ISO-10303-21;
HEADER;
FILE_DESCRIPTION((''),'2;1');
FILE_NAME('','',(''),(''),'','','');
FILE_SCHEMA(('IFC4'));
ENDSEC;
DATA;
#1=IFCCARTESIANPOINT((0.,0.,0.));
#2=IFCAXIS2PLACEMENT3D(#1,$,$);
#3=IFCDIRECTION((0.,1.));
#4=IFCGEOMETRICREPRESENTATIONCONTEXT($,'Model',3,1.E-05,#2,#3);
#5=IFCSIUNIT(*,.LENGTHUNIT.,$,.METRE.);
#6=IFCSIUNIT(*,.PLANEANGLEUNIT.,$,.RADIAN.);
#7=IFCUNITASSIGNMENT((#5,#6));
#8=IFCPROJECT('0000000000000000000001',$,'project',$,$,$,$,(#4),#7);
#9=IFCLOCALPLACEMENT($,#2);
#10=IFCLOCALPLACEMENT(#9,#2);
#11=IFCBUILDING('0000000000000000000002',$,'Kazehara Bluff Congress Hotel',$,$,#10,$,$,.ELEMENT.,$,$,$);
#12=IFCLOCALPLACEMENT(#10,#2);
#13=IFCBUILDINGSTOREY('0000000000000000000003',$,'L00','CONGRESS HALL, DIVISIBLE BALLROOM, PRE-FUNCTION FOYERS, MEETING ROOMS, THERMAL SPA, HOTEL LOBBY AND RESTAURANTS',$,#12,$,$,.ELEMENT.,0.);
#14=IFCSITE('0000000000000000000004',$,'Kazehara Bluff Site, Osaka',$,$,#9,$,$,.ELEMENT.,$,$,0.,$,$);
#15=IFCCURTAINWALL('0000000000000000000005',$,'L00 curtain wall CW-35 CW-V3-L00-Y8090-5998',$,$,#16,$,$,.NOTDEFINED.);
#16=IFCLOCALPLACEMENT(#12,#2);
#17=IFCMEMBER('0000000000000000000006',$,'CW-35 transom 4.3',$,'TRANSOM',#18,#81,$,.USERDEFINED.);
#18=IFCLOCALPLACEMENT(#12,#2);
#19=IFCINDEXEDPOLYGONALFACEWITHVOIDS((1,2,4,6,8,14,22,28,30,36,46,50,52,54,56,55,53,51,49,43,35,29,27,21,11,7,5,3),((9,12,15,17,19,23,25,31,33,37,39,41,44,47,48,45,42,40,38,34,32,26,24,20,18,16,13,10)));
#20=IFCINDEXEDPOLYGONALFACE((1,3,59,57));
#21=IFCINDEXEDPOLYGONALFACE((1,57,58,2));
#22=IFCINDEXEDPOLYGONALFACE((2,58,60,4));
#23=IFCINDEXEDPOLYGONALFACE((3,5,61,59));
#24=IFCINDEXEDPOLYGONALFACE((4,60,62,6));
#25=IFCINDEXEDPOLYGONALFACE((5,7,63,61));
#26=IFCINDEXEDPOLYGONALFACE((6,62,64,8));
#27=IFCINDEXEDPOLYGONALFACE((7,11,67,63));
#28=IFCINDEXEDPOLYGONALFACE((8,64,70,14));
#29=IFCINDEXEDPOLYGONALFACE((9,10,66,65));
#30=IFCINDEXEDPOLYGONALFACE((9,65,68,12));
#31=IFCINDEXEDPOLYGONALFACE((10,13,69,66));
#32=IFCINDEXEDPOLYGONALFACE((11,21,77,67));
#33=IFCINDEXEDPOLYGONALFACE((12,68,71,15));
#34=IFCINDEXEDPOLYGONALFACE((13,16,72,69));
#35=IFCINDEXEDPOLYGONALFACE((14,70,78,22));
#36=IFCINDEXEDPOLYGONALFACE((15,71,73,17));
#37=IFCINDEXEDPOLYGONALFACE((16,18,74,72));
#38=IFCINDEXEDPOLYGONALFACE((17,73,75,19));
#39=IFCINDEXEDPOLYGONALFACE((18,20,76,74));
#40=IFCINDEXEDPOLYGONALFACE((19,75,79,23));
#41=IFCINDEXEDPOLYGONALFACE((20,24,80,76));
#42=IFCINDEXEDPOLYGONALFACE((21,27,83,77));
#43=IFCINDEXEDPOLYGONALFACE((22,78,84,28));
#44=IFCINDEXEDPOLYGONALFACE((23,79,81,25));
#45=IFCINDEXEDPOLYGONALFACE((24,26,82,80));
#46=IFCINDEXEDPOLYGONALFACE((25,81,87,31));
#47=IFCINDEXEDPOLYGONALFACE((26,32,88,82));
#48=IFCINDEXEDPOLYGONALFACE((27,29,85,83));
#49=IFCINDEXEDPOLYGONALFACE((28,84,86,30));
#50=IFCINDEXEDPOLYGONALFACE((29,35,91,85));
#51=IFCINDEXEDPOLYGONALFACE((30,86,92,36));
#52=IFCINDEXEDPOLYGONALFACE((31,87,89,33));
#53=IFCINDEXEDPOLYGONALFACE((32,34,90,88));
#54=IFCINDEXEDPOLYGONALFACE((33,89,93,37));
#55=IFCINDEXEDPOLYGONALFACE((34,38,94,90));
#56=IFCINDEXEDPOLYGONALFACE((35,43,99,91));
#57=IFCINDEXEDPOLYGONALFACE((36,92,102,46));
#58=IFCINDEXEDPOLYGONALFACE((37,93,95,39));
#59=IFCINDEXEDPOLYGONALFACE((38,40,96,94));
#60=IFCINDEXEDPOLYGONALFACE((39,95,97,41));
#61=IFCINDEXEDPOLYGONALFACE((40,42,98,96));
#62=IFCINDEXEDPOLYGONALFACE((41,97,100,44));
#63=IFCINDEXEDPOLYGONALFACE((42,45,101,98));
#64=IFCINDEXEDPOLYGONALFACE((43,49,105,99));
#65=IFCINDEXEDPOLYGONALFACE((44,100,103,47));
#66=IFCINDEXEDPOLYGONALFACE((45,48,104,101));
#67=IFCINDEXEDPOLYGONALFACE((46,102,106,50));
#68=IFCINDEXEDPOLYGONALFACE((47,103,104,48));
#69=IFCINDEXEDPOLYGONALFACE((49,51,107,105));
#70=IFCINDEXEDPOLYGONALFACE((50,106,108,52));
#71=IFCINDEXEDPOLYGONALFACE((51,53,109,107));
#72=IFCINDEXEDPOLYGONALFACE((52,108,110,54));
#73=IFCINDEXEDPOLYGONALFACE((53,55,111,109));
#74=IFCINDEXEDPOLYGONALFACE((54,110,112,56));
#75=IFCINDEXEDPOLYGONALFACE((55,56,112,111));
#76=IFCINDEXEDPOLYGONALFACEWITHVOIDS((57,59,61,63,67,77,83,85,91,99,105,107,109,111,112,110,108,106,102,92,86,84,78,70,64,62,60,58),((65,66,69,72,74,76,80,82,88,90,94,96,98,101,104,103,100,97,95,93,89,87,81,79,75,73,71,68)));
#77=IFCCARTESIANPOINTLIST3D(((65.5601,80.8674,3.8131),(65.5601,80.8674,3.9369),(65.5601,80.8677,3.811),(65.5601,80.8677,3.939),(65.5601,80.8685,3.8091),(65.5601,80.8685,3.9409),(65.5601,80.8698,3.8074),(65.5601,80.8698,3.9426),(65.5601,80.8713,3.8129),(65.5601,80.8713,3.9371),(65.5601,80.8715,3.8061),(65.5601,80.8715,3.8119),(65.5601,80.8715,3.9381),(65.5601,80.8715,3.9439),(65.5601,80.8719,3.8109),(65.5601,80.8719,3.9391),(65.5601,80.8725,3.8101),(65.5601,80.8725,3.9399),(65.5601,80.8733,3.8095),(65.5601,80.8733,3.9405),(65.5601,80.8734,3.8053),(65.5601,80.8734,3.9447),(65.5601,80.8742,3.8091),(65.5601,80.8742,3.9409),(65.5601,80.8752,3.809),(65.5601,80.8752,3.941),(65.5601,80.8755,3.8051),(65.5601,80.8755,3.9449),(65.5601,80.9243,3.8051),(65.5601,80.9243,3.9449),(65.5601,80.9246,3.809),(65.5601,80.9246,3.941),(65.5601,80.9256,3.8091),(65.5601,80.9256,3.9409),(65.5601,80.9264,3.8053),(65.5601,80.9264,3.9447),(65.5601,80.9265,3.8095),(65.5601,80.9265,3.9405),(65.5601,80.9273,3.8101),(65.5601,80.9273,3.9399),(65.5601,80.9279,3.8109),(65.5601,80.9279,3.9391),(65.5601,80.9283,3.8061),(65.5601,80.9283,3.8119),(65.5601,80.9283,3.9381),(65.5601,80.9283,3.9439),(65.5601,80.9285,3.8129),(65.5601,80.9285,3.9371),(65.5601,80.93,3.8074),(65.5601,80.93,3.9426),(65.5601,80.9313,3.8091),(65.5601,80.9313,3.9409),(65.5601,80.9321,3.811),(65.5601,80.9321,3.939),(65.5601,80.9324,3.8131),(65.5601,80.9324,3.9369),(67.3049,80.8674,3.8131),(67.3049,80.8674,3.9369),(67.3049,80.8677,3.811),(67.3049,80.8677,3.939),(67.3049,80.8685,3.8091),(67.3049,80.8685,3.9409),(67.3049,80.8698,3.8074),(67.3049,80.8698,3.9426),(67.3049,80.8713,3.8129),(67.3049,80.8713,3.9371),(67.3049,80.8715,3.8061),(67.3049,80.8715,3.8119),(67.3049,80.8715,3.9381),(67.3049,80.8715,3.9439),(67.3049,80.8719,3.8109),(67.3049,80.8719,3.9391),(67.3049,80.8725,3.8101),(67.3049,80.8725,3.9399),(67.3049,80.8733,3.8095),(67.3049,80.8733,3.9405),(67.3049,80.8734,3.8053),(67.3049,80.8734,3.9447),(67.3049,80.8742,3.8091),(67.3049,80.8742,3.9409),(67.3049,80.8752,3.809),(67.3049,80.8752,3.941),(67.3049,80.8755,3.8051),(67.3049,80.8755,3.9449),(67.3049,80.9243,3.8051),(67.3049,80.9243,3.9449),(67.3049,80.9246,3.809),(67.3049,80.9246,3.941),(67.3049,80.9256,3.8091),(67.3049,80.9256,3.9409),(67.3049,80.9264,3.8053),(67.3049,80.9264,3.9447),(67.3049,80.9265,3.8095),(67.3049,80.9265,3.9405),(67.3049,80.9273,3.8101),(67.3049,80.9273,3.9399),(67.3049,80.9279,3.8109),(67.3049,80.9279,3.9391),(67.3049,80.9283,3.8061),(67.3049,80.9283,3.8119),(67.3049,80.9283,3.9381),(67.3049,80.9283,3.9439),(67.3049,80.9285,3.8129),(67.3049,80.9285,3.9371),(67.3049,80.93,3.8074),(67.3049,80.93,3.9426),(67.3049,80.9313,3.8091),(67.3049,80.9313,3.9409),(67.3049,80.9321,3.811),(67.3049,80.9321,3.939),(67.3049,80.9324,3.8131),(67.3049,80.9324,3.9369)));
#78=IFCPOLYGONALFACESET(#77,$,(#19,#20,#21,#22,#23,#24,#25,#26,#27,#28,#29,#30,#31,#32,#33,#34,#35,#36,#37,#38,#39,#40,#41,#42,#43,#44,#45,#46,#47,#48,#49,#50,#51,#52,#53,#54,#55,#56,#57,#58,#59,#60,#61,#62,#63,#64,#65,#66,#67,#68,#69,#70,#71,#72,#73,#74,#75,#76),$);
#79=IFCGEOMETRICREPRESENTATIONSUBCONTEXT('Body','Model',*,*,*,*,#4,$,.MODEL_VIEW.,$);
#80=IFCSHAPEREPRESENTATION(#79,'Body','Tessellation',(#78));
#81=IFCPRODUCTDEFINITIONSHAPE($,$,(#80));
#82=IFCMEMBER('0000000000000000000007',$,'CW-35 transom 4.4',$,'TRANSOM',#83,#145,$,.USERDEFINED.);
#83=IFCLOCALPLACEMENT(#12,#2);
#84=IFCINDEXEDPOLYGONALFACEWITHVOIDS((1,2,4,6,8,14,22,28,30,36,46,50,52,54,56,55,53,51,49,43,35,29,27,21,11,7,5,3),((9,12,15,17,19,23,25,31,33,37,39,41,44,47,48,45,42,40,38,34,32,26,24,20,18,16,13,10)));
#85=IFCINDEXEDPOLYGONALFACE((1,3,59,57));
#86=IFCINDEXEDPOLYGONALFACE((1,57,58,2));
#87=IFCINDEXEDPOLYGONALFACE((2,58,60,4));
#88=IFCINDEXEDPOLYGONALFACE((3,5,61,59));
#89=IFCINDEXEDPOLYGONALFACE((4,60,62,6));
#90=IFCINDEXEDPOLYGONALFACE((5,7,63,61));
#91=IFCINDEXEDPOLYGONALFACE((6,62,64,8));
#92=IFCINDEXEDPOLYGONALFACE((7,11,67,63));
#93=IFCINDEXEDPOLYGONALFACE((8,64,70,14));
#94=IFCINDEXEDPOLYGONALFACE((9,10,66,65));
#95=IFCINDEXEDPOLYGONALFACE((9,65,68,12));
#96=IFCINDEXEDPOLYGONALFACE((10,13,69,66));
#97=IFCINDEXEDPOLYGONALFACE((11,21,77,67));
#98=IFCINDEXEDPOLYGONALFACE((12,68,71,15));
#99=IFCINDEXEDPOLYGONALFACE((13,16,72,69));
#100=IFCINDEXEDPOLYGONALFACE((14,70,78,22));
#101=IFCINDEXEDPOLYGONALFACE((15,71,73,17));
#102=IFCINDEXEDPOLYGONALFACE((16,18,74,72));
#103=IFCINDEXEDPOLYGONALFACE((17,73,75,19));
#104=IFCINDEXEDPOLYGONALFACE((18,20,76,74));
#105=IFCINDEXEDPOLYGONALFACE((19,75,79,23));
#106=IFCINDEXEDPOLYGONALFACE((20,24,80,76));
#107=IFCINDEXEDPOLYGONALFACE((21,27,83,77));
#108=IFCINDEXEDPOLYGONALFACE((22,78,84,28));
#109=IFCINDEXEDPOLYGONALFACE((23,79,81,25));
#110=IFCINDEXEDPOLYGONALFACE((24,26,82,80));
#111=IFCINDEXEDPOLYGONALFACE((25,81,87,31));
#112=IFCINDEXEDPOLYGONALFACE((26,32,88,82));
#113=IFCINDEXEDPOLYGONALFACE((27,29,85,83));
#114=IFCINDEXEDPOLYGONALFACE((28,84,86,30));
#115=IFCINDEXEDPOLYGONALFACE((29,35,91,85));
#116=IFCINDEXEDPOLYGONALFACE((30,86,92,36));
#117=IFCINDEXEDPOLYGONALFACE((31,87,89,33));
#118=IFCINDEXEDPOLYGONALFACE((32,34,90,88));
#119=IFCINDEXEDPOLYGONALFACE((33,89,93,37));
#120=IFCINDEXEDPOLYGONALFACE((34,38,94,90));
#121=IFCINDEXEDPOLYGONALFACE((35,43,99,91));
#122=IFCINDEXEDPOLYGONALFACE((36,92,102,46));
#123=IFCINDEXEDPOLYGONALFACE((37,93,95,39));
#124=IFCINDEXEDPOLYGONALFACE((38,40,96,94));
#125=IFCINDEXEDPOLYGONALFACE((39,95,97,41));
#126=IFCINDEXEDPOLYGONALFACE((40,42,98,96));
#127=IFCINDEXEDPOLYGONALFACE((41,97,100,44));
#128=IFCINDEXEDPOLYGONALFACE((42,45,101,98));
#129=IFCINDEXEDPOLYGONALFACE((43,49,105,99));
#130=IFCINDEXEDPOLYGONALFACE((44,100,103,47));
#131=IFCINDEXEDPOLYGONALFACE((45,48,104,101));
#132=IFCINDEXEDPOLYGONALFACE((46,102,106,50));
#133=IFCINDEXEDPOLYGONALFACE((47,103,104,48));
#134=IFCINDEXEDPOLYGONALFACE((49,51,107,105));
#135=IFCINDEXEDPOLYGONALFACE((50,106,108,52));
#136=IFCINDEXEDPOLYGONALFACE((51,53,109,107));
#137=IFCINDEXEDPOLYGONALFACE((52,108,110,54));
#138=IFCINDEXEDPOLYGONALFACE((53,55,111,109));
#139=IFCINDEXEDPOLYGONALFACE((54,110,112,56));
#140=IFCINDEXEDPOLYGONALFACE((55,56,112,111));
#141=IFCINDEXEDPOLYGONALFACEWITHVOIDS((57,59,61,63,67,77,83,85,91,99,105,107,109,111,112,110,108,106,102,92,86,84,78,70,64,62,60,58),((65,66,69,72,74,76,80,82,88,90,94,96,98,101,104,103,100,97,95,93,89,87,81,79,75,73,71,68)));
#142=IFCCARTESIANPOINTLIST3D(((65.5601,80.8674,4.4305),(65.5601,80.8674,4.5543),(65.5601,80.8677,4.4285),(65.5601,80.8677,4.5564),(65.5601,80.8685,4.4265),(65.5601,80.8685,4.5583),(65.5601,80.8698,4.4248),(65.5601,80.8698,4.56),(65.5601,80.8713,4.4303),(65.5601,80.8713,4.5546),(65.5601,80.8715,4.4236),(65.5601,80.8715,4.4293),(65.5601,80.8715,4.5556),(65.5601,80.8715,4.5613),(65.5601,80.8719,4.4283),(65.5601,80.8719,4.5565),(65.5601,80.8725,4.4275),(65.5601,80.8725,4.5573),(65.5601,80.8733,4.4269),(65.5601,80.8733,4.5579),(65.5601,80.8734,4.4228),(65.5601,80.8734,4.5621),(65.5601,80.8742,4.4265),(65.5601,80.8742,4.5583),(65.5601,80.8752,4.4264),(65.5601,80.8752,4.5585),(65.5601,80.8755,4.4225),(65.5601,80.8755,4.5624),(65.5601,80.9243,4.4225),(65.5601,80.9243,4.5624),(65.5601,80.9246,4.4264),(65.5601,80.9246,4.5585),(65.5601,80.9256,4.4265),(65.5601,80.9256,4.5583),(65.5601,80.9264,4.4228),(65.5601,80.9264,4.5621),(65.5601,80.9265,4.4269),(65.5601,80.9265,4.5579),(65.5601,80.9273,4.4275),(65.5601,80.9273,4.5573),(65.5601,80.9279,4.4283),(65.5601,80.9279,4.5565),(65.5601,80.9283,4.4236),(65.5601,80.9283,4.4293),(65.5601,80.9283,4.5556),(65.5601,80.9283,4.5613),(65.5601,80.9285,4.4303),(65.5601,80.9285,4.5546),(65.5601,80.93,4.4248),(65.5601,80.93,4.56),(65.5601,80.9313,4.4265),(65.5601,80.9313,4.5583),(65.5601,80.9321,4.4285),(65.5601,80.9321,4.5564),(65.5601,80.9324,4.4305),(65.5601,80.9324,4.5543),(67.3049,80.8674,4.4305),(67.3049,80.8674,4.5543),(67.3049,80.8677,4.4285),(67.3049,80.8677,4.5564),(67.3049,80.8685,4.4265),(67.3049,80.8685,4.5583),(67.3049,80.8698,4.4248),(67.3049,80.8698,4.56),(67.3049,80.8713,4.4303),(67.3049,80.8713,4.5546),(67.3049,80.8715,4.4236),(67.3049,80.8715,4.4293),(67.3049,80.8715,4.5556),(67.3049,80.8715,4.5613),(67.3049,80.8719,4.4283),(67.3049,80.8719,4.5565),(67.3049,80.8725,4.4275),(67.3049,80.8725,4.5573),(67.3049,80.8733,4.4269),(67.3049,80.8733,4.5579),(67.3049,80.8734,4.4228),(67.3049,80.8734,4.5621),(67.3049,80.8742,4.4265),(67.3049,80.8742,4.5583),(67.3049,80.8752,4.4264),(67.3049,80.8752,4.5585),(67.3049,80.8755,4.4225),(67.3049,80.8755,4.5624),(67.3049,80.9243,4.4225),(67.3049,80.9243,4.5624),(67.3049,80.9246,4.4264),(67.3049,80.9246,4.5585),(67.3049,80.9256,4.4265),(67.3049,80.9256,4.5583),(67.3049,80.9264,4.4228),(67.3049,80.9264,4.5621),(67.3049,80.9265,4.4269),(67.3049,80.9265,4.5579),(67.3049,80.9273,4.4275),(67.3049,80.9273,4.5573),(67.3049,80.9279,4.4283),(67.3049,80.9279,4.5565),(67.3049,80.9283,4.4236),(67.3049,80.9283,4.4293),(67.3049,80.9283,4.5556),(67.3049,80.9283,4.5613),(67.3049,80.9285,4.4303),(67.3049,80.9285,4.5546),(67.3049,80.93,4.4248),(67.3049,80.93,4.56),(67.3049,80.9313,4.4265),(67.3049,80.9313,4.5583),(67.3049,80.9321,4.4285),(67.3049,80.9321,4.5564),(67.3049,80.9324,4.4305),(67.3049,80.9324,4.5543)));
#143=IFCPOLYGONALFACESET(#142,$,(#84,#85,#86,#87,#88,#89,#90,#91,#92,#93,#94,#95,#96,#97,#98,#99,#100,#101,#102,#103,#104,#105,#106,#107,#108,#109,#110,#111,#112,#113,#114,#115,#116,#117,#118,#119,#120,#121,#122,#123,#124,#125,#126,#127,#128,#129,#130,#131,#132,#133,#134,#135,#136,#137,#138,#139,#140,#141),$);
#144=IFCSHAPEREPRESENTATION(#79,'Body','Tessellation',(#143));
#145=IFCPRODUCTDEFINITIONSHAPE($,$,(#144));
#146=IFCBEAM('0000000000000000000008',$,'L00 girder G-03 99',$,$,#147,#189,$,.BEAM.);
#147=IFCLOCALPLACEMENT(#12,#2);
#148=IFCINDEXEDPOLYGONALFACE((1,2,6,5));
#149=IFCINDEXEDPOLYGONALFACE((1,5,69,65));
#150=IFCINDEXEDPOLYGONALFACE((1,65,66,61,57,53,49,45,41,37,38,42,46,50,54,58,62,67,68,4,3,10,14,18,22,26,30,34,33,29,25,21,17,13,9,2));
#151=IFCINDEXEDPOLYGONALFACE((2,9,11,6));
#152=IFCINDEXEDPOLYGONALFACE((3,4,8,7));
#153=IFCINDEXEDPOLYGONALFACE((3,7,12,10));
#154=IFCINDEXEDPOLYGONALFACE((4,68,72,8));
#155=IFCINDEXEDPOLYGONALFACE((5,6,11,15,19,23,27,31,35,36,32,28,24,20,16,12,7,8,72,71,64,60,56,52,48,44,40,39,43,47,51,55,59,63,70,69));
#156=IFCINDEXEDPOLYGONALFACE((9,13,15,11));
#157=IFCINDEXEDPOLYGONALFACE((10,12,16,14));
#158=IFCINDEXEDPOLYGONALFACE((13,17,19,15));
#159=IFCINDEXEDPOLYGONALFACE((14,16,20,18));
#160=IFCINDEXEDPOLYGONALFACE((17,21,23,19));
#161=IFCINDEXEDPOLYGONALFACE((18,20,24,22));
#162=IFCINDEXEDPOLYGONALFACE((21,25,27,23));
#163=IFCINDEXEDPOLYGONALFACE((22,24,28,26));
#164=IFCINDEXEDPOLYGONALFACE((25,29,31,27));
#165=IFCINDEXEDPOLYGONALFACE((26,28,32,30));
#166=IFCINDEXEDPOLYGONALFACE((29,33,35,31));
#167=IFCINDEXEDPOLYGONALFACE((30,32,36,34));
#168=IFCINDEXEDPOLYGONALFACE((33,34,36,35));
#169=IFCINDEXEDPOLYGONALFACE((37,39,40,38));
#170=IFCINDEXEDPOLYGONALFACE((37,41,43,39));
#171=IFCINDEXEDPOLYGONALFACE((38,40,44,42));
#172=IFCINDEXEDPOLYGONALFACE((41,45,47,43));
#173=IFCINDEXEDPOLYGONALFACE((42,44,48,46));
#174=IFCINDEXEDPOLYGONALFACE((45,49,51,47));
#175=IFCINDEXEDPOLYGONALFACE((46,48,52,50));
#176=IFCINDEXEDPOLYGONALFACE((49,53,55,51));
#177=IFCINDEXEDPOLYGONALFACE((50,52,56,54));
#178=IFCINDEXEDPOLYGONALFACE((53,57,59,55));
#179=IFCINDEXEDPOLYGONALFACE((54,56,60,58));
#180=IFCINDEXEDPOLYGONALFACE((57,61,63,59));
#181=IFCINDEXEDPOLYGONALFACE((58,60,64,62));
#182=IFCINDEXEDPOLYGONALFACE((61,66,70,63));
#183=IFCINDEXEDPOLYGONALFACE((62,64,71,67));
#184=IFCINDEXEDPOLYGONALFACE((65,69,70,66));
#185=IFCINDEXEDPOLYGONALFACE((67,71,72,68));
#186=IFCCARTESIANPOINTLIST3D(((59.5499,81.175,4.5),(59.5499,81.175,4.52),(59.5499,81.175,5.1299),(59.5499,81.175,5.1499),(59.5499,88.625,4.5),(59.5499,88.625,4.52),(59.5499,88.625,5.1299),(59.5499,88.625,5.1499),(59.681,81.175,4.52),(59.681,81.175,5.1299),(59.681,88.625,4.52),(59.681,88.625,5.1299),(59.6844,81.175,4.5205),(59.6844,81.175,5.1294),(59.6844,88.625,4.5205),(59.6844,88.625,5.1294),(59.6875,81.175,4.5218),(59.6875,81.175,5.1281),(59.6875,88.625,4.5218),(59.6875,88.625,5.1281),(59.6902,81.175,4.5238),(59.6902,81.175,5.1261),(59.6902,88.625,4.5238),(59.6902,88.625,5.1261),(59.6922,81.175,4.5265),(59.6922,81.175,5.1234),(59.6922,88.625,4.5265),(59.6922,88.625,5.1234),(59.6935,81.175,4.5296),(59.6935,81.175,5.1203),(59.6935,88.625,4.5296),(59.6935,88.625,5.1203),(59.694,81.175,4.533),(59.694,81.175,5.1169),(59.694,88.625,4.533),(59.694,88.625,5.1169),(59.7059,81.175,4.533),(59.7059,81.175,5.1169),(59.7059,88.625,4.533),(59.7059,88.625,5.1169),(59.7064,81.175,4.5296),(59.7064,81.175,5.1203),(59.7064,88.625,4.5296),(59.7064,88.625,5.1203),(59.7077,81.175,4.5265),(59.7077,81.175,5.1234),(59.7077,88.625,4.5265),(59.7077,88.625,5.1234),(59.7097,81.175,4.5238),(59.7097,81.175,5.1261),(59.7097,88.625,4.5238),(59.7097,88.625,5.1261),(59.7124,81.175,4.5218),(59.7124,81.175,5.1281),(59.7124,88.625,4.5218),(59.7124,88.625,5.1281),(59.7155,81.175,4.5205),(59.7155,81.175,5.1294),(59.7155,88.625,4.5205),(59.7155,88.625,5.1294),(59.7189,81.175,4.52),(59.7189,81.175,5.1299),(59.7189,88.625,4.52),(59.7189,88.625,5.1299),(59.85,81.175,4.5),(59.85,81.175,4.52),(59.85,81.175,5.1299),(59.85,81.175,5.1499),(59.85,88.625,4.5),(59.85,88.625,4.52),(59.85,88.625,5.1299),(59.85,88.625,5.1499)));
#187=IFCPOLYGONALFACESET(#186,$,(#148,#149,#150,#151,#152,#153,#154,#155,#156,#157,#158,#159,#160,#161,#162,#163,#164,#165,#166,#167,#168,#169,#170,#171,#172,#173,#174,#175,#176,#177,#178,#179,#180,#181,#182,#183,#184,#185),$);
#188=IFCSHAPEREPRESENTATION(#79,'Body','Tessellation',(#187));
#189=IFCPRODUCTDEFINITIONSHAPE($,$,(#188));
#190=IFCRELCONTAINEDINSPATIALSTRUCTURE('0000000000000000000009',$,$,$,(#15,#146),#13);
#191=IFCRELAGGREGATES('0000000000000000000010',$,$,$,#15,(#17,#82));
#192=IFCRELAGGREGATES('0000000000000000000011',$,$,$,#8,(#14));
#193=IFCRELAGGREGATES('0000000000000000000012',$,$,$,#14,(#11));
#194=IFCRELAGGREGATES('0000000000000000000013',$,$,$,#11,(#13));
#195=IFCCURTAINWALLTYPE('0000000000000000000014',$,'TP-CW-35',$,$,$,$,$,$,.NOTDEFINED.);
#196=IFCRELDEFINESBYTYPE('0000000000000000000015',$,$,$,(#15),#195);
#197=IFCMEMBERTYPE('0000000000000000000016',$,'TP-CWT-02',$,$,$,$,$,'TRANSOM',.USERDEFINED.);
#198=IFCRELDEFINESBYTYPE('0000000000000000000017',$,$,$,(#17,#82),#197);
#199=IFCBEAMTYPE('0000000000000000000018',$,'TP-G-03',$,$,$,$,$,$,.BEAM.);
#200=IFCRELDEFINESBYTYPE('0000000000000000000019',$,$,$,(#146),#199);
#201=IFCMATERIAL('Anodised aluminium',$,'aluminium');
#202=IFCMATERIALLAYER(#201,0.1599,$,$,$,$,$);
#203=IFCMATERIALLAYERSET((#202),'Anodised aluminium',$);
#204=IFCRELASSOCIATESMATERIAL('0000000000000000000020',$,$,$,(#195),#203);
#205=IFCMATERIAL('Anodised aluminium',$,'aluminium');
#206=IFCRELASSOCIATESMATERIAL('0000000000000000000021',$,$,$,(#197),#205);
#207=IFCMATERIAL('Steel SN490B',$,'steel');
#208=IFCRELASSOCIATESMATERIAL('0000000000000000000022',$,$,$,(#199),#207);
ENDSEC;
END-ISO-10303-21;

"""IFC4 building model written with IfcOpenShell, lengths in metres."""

from ifc_helpers import new_model, si_unit, direction, frame, origin, origin_2d, place, context, subcontext, project, spatial, hollow_rectangle, i_section, extrude, material, layer, layer_set, material_profile, profile_set, type_object, element, aggregate, save


model = new_model("IFC4")

# Units and contexts
model_context = context("Model", 3, precision=1e-05, world=origin(), true_north=direction((0.0, 1.0)))
body_context = subcontext(model_context, "Body", "Model", "MODEL_VIEW")
ifc_project = project(units=[si_unit("LENGTHUNIT", "METRE"), si_unit("PLANEANGLEUNIT", "RADIAN")], contexts=[model_context])

# Site, building, storey
site_placement = place(None, origin())
site = spatial("IfcSite", under=ifc_project, at=site_placement, Name="Kazehara Bluff Site, Osaka", CompositionType="ELEMENT", RefElevation=0.0)
building_placement = place(site_placement, origin())
building = spatial("IfcBuilding", under=site, at=building_placement, Name="Kazehara Bluff Congress Hotel", CompositionType="ELEMENT")
storey_placement = place(building_placement, origin())
storey = spatial("IfcBuildingStorey", under=building, at=storey_placement, Name="L00", Description="CONGRESS HALL, DIVISIBLE BALLROOM, PRE-FUNCTION FOYERS, MEETING ROOMS, THERMAL SPA, HOTEL LOBBY AND RESTAURANTS", CompositionType="ELEMENT", Elevation=0.0)

# Curtain wall
ifc_material_1 = material(Name="Anodised aluminium", Category="aluminium")
ifc_layer_1 = layer(ifc_material_1, 0.1599)
ifc_layer_set_1 = layer_set([ifc_layer_1], Name="Anodised aluminium")
curtain_wall_type_1 = type_object("IfcCurtainWallType", Name="TP-CW-35", PredefinedType="NOTDEFINED", material=ifc_layer_set_1)
curtain_wall_1_placement = place(storey_placement, origin())
curtain_wall_1 = element("IfcCurtainWall", 1, at=curtain_wall_1_placement, inside=storey, type_object=curtain_wall_type_1, Name="L00 curtain wall CW-35 CW-V3-L00-Y8090-5998", PredefinedType="NOTDEFINED")

# Shared definitions
ifc_material_2 = material(Name="Anodised aluminium", Category="aluminium")
ifc_material_profile_1 = material_profile(ifc_material_2, hollow_rectangle(XDim=0.0649, YDim=0.1399, WallThickness=0.0039, InnerFilletRadius=0.0039, OuterFilletRadius=0.0081, at=origin_2d()))
ifc_profile_set_1 = profile_set([ifc_material_profile_1], Name="Anodised aluminium")
member_type_1 = type_object("IfcMemberType", Name="TP-CWT-02", ElementType="TRANSOM", PredefinedType="USERDEFINED", material=ifc_profile_set_1)

# Members
member_1_placement = place(storey_placement, frame((65.5601, 80.8999, 3.875), z_axis=(1.0, 0.0, 0.0), x_axis=(0.0, 1.0, 0.0)))
member_1 = element("IfcMember", 2, at=member_1_placement, type_object=member_type_1, Name="CW-35 transom 4.3", ObjectType="TRANSOM", PredefinedType="USERDEFINED", context=body_context, shape_type="SweptSolid", body=[
    extrude(hollow_rectangle(XDim=0.0649, YDim=0.1399, WallThickness=0.0039, InnerFilletRadius=0.0039, OuterFilletRadius=0.0081, at=origin_2d()), origin(), (0.0, 0.0, 1.0), 1.7449),
])
member_2_placement = place(storey_placement, frame((65.5601, 80.8999, 4.4924), z_axis=(1.0, 0.0, 0.0), x_axis=(0.0, 1.0, 0.0)))
member_2 = element("IfcMember", 3, at=member_2_placement, type_object=member_type_1, Name="CW-35 transom 4.4", ObjectType="TRANSOM", PredefinedType="USERDEFINED", context=body_context, shape_type="SweptSolid", body=[
    extrude(hollow_rectangle(XDim=0.0649, YDim=0.1399, WallThickness=0.0039, InnerFilletRadius=0.0039, OuterFilletRadius=0.0081, at=origin_2d()), origin(), (0.0, 0.0, 1.0), 1.7449),
])

# Beam
ifc_material_3 = material(Name="Steel SN490B", Category="steel")
ifc_material_profile_2 = material_profile(ifc_material_3, i_section(OverallWidth=0.3, OverallDepth=0.6499, WebThickness=0.012, FlangeThickness=0.02, FilletRadius=0.0129, at=origin_2d()))
ifc_profile_set_2 = profile_set([ifc_material_profile_2], Name="Steel SN490B")
beam_type = type_object("IfcBeamType", Name="TP-G-03", PredefinedType="BEAM", material=ifc_profile_set_2)
beam_placement = place(storey_placement, frame((59.7, 81.175, 4.825), z_axis=(0.0, 1.0, 0.0), x_axis=(-1.0, 0.0, 0.0)))
element("IfcBeam", 4, at=beam_placement, inside=storey, type_object=beam_type, Name="L00 girder G-03 99", PredefinedType="BEAM", context=body_context, shape_type="SweptSolid", body=[
    extrude(i_section(OverallWidth=0.3, OverallDepth=0.6499, WebThickness=0.012, FlangeThickness=0.02, FilletRadius=0.0129, at=origin_2d()), origin(), (0.0, 0.0, 1.0), 7.45),
])

aggregate(curtain_wall_1, [member_1, member_2])

save(model, "model.ifc")
